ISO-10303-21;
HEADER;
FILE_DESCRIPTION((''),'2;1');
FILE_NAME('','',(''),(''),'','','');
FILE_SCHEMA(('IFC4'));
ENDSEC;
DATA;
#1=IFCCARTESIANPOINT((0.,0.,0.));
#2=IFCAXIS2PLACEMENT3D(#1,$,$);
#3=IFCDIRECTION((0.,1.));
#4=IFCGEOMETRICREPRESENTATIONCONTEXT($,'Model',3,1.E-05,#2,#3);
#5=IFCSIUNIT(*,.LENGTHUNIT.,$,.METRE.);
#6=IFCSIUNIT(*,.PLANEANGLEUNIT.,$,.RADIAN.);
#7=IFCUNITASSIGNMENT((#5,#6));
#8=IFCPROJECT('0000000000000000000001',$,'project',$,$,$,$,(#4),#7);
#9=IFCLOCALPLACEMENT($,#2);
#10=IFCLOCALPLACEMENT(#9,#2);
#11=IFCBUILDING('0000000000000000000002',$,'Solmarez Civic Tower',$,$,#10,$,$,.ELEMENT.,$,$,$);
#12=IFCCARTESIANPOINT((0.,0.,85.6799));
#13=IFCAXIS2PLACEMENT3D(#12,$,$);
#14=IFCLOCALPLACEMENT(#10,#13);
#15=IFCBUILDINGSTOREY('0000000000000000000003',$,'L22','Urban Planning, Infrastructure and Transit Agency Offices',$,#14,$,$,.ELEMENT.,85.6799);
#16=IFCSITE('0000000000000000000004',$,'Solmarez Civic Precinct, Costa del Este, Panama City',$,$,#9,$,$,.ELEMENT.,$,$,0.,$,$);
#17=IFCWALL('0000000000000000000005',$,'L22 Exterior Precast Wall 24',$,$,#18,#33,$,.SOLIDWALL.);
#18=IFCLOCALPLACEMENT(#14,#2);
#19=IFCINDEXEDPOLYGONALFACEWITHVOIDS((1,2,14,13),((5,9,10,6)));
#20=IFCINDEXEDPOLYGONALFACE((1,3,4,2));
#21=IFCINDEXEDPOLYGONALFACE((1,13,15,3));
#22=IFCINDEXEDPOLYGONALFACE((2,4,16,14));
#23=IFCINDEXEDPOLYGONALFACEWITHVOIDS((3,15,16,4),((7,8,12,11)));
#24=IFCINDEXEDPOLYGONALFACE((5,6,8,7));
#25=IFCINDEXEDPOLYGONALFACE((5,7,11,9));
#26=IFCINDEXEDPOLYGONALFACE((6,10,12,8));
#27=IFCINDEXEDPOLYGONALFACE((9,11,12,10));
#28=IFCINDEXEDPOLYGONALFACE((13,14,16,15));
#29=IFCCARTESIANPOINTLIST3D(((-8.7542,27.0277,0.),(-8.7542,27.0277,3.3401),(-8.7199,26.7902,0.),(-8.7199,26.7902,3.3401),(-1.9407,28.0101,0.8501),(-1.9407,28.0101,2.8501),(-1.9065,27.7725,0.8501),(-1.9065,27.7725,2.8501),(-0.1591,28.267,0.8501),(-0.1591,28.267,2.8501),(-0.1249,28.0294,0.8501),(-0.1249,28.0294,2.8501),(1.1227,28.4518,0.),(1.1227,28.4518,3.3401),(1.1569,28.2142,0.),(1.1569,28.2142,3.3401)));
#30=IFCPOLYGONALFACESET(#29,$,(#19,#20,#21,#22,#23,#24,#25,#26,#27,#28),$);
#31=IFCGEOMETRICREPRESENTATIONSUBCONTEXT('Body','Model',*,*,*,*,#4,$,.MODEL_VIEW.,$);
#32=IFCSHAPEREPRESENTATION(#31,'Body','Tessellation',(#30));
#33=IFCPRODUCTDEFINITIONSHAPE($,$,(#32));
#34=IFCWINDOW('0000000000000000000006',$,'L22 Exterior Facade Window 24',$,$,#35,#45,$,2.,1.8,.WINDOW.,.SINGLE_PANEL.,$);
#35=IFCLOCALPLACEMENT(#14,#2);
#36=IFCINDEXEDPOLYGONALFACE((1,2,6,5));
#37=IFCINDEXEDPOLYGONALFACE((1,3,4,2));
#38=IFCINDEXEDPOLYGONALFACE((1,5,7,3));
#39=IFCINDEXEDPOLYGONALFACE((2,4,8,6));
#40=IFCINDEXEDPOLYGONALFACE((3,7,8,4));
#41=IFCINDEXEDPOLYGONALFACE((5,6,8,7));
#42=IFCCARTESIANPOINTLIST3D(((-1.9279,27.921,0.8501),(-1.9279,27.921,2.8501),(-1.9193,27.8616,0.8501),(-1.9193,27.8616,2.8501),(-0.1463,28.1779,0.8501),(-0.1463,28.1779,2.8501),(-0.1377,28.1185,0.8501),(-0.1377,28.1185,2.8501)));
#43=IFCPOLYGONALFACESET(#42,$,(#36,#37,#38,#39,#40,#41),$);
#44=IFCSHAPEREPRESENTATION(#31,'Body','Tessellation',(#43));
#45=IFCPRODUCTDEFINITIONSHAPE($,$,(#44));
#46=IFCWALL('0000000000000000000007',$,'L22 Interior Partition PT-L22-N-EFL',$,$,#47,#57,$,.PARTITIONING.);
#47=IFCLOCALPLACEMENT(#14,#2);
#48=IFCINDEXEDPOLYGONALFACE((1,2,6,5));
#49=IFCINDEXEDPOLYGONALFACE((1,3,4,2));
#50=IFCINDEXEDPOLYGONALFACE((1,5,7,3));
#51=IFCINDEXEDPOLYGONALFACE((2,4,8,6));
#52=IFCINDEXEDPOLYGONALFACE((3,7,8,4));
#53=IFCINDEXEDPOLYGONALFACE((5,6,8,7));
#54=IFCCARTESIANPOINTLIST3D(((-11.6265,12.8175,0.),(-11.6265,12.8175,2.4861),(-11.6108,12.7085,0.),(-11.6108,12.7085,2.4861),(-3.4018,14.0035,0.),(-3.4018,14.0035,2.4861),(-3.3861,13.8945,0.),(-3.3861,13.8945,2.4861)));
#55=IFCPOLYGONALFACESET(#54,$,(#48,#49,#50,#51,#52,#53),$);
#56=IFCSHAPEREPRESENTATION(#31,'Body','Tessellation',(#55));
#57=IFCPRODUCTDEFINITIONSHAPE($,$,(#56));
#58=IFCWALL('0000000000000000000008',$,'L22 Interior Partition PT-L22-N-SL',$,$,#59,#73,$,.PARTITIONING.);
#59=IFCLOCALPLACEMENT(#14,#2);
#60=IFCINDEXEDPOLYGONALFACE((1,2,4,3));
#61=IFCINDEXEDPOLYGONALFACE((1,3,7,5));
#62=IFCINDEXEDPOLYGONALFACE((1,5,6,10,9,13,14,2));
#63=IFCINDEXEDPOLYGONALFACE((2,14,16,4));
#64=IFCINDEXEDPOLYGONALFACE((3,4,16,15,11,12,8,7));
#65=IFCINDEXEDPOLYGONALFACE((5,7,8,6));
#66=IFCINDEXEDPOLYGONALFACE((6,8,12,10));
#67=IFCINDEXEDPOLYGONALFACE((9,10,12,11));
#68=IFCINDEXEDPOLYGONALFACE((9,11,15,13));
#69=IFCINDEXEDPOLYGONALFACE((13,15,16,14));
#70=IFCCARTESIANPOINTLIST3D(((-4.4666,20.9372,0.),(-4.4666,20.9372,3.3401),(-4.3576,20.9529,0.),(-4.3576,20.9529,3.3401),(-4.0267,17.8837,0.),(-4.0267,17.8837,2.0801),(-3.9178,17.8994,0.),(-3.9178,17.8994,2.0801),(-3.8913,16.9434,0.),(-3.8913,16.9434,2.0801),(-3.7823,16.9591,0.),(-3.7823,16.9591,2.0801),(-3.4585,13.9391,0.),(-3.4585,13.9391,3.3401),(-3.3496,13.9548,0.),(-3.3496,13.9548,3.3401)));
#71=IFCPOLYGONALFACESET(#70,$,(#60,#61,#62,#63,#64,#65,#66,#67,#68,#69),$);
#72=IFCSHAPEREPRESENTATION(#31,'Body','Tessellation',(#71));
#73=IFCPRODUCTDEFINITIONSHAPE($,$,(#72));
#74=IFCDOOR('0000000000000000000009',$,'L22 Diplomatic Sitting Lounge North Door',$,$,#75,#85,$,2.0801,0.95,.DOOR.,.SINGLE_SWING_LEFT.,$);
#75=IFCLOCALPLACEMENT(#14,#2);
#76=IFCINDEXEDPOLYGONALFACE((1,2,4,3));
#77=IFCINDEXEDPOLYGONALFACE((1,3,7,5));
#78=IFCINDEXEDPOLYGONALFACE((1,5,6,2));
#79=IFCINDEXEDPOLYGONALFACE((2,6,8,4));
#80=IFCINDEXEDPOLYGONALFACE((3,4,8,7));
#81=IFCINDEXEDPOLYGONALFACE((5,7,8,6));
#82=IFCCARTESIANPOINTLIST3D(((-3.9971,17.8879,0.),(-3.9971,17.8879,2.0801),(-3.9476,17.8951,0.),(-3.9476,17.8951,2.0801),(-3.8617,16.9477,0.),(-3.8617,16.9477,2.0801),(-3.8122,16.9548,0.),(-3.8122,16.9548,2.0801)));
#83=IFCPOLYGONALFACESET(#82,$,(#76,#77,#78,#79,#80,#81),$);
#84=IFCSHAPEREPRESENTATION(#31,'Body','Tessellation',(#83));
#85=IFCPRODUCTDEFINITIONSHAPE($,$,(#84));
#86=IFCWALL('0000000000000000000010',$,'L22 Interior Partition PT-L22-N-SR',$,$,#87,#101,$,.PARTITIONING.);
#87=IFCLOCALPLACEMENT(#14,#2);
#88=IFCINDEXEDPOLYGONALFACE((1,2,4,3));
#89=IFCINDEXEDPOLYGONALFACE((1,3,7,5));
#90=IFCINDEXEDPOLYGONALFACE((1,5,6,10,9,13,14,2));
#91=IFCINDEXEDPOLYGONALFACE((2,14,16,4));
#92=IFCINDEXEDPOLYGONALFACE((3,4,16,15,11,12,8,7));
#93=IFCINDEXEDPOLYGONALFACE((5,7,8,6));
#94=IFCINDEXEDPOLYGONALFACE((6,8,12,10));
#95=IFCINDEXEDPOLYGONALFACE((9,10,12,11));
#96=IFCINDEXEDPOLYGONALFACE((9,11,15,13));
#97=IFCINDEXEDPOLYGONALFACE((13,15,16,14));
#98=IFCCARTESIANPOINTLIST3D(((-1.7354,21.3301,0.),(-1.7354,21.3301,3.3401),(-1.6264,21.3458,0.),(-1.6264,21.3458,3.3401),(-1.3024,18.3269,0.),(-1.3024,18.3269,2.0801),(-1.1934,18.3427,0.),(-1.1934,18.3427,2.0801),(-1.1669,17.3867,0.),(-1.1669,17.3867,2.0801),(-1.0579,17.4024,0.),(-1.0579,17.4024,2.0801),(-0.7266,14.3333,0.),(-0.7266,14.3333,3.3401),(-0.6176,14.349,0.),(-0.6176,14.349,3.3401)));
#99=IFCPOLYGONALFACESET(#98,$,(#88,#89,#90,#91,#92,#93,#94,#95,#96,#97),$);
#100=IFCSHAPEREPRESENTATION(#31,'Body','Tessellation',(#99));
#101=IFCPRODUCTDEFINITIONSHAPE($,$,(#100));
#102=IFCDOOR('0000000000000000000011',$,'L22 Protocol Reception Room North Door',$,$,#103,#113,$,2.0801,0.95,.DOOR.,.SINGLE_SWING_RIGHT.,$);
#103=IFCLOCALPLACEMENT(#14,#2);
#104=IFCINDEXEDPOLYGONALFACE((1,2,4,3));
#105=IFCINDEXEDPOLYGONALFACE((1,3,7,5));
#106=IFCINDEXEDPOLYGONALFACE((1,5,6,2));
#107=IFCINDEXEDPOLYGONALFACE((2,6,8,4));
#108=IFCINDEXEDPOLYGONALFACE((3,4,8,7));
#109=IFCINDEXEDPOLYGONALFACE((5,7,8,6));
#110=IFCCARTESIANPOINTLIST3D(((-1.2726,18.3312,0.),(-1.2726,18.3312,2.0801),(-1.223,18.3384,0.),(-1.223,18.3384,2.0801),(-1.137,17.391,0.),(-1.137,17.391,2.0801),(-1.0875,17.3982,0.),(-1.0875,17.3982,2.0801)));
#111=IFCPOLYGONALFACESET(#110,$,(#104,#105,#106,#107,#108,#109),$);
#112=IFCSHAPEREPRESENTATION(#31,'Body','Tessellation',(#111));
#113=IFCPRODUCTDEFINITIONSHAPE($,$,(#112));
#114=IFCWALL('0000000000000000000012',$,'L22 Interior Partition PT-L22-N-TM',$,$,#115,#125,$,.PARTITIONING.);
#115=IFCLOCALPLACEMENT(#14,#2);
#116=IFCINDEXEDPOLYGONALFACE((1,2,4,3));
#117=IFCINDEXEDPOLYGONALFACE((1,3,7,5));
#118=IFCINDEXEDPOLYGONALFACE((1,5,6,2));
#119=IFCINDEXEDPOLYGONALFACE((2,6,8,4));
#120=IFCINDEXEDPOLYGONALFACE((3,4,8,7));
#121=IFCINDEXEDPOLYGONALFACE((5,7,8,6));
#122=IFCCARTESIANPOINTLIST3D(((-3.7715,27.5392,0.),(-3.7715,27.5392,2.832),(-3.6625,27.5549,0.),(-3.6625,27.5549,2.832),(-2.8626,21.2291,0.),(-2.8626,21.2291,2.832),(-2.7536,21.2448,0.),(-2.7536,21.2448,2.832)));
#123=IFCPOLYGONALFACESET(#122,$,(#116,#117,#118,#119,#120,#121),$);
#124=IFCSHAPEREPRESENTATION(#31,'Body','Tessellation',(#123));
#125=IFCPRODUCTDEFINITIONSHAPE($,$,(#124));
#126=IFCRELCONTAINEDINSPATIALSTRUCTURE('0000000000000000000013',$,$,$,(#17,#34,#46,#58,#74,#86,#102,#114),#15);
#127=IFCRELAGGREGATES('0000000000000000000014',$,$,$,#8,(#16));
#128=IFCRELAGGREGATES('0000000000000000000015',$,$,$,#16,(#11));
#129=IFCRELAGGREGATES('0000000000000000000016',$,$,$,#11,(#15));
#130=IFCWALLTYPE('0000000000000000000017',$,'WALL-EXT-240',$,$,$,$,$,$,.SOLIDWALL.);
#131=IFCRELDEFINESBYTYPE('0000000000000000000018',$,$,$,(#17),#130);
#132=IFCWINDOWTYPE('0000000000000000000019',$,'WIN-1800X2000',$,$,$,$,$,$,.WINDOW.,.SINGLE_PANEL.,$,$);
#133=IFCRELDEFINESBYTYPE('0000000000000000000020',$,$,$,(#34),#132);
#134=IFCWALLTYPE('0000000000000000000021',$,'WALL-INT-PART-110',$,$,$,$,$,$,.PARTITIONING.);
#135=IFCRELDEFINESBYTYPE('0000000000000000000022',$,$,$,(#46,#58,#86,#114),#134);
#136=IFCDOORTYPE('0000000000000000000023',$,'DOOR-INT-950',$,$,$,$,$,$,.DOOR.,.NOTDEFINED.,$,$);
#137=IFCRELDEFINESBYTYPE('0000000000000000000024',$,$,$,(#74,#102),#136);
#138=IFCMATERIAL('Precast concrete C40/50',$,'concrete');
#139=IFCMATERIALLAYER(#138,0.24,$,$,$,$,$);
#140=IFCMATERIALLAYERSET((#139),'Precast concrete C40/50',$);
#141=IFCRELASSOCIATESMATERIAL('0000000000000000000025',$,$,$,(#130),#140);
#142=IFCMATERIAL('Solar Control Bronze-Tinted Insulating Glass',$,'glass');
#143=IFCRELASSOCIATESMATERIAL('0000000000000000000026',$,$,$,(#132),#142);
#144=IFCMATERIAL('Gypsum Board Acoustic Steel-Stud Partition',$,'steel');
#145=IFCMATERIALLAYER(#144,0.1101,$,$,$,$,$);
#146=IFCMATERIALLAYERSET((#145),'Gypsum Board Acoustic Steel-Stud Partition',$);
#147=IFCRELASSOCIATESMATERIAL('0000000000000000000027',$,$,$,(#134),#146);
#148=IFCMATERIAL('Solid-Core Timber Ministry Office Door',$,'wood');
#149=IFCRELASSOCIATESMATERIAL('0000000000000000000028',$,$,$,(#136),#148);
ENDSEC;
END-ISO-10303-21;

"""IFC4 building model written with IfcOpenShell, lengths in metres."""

from ifc_helpers import new_model, si_unit, direction, frame, frame_2d, origin, place, context, subcontext, project, spatial, rectangle, extrude, material, layer, layer_set, type_object, element, fill, save


model = new_model("IFC4")

# Units and contexts
model_context = context("Model", 3, precision=1e-05, world=origin(), true_north=direction((0.0, 1.0)))
body_context = subcontext(model_context, "Body", "Model", "MODEL_VIEW")
ifc_project = project(units=[si_unit("LENGTHUNIT", "METRE"), si_unit("PLANEANGLEUNIT", "RADIAN")], contexts=[model_context])

# Site, building, storey
site_placement = place(None, origin())
site = spatial("IfcSite", under=ifc_project, at=site_placement, Name="Solmarez Civic Precinct, Costa del Este, Panama City", CompositionType="ELEMENT", RefElevation=0.0)
building_placement = place(site_placement, origin())
building = spatial("IfcBuilding", under=site, at=building_placement, Name="Solmarez Civic Tower", CompositionType="ELEMENT")
storey_placement = place(building_placement, frame((0.0, 0.0, 85.6799)))
storey = spatial("IfcBuildingStorey", under=building, at=storey_placement, Name="L22", Description="Urban Planning, Infrastructure and Transit Agency Offices", CompositionType="ELEMENT", Elevation=85.6799)

# Wall, opening, window
ifc_material_1 = material(Name="Precast concrete C40/50", Category="concrete")
ifc_layer_1 = layer(ifc_material_1, 0.24)
ifc_layer_set_1 = layer_set([ifc_layer_1], Name="Precast concrete C40/50")
wall_type_1 = type_object("IfcWallType", Name="WALL-EXT-240", PredefinedType="SOLIDWALL", material=ifc_layer_set_1)
ifc_material_2 = material(Name="Solar Control Bronze-Tinted Insulating Glass", Category="glass")
wall_1_placement = place(storey_placement, frame((-8.7371, 26.9089, 0.0), z_axis=(0.0, 0.0, 1.0), x_axis=(0.989765, 0.142706, 0.0)))
wall_1 = element("IfcWall", 1, at=wall_1_placement, inside=storey, type_object=wall_type_1, Name="L22 Exterior Precast Wall 24", PredefinedType="SOLIDWALL", context=body_context, shape_type="SweptSolid", body=[
    extrude(rectangle(XDim=9.979, YDim=0.24, at=frame_2d((4.9895, 0.0))), origin(), (0.0, 0.0, 1.0), 3.3401),
])
opening_1_placement = place(wall_1_placement, frame((6.884, 0.0, 0.8501)))
opening_1 = element("IfcOpeningElement", 2, at=opening_1_placement, cuts=wall_1, PredefinedType="OPENING", context=body_context, shape_type="SweptSolid", body=[
    extrude(rectangle(XDim=1.8, YDim=2.0, at=frame_2d((0.8999, 1.0))), frame((0.0, 0.1299, 0.0), z_axis=(0.0, -1.0, 0.0), x_axis=(1.0, 0.0, 0.0)), (0.0, 0.0, 1.0), 0.26),
])
window_type_1 = type_object("IfcWindowType", Name="WIN-1800X2000", PartitioningType="SINGLE_PANEL", PredefinedType="WINDOW", material=ifc_material_2)
window_1_placement = place(opening_1_placement, origin())
window_1 = element("IfcWindow", 3, at=window_1_placement, inside=storey, type_object=window_type_1, Name="L22 Exterior Facade Window 24", OverallHeight=2.0, OverallWidth=1.8, PartitioningType="SINGLE_PANEL", PredefinedType="WINDOW", context=body_context, shape_type="SweptSolid", body=[
    extrude(rectangle(XDim=1.8, YDim=2.0, at=frame_2d((0.8999, 1.0))), frame((0.0, 0.03, 0.0), z_axis=(0.0, -1.0, 0.0), x_axis=(1.0, 0.0, 0.0)), (0.0, 0.0, 1.0), 0.0601),
])
fill(opening_1, window_1)

# Wall
ifc_material_3 = material(Name="Gypsum Board Acoustic Steel-Stud Partition", Category="steel")
ifc_layer_2 = layer(ifc_material_3, 0.1101)
ifc_layer_set_2 = layer_set([ifc_layer_2], Name="Gypsum Board Acoustic Steel-Stud Partition")
wall_type_2 = type_object("IfcWallType", Name="WALL-INT-PART-110", PredefinedType="PARTITIONING", material=ifc_layer_set_2)
wall_2_placement = place(storey_placement, frame((-3.394, 13.949, 0.0), z_axis=(0.0, 0.0, 1.0), x_axis=(-0.989762, -0.142725, 0.0)))
element("IfcWall", 4, at=wall_2_placement, inside=storey, type_object=wall_type_2, Name="L22 Interior Partition PT-L22-N-EFL", PredefinedType="PARTITIONING", context=body_context, shape_type="SweptSolid", body=[
    extrude(rectangle(XDim=8.3098, YDim=0.1101, at=frame_2d((4.1548, 0.0))), origin(), (0.0, 0.0, 1.0), 2.4861),
])

# Walls, openings, doors
wall_3_placement = place(storey_placement, frame((-4.4121, 20.9451, 0.0), z_axis=(0.0, 0.0, 1.0), x_axis=(0.142577, -0.989784, 0.0)))
wall_3 = element("IfcWall", 5, at=wall_3_placement, inside=storey, type_object=wall_type_2, Name="L22 Interior Partition PT-L22-N-SL", PredefinedType="PARTITIONING", context=body_context, shape_type="SweptSolid", body=[
    extrude(rectangle(XDim=7.0703, YDim=0.1101, at=frame_2d((3.5352, 0.0))), origin(), (0.0, 0.0, 1.0), 3.3401),
])
opening_2_placement = place(wall_3_placement, frame((3.085, 0.0, 0.0)))
opening_2 = element("IfcOpeningElement", 6, at=opening_2_placement, cuts=wall_3, PredefinedType="OPENING", context=body_context, shape_type="SweptSolid", body=[
    extrude(rectangle(XDim=0.95, YDim=2.0801, at=frame_2d((0.4751, 1.04))), frame((0.0, 0.0649, 0.0), z_axis=(0.0, -1.0, 0.0), x_axis=(1.0, 0.0, 0.0)), (0.0, 0.0, 1.0), 0.1301),
])
ifc_material_4 = material(Name="Solid-Core Timber Ministry Office Door", Category="wood")
door_type = type_object("IfcDoorType", Name="DOOR-INT-950", OperationType="NOTDEFINED", PredefinedType="DOOR", material=ifc_material_4)
door_1_placement = place(opening_2_placement, origin())
door_1 = element("IfcDoor", 7, at=door_1_placement, inside=storey, type_object=door_type, Name="L22 Diplomatic Sitting Lounge North Door", OperationType="SINGLE_SWING_LEFT", OverallHeight=2.0801, OverallWidth=0.95, PredefinedType="DOOR", context=body_context, shape_type="SweptSolid", body=[
    extrude(rectangle(XDim=0.95, YDim=2.0801, at=frame_2d((0.4751, 1.04))), frame((0.0, 0.0249, 0.0), z_axis=(0.0, -1.0, 0.0), x_axis=(1.0, 0.0, 0.0)), (0.0, 0.0, 1.0), 0.05),
])
fill(opening_2, door_1)
wall_4_placement = place(storey_placement, frame((-0.6721, 14.3411, 0.0), z_axis=(0.0, 0.0, 1.0), x_axis=(-0.142703, 0.989766, 0.0)))
wall_4 = element("IfcWall", 8, at=wall_4_placement, inside=storey, type_object=wall_type_2, Name="L22 Interior Partition PT-L22-N-SR", PredefinedType="PARTITIONING", context=body_context, shape_type="SweptSolid", body=[
    extrude(rectangle(XDim=7.0691, YDim=0.1101, at=frame_2d((3.5347, 0.0))), origin(), (0.0, 0.0, 1.0), 3.3401),
])
opening_3_placement = place(wall_4_placement, frame((3.085, 0.0, 0.0)))
opening_3 = element("IfcOpeningElement", 9, at=opening_3_placement, cuts=wall_4, PredefinedType="OPENING", context=body_context, shape_type="SweptSolid", body=[
    extrude(rectangle(XDim=0.95, YDim=2.0801, at=frame_2d((0.4751, 1.04))), frame((0.0, 0.0649, 0.0), z_axis=(0.0, -1.0, 0.0), x_axis=(1.0, 0.0, 0.0)), (0.0, 0.0, 1.0), 0.1301),
])
door_2_placement = place(opening_3_placement, origin())
door_2 = element("IfcDoor", 10, at=door_2_placement, inside=storey, type_object=door_type, Name="L22 Protocol Reception Room North Door", OperationType="SINGLE_SWING_RIGHT", OverallHeight=2.0801, OverallWidth=0.95, PredefinedType="DOOR", context=body_context, shape_type="SweptSolid", body=[
    extrude(rectangle(XDim=0.95, YDim=2.0801, at=frame_2d((0.4751, 1.04))), frame((0.0, 0.0249, 0.0), z_axis=(0.0, -1.0, 0.0), x_axis=(1.0, 0.0, 0.0)), (0.0, 0.0, 1.0), 0.05),
])
fill(opening_3, door_2)

# Wall
wall_5_placement = place(storey_placement, frame((-2.8081, 21.2371, 0.0), z_axis=(0.0, 0.0, 1.0), x_axis=(-0.142574, 0.989784, 0.0)))
element("IfcWall", 11, at=wall_5_placement, inside=storey, type_object=wall_type_2, Name="L22 Interior Partition PT-L22-N-TM", PredefinedType="PARTITIONING", context=body_context, shape_type="SweptSolid", body=[
    extrude(rectangle(XDim=6.3752, YDim=0.1101, at=frame_2d((3.1875, 0.0))), origin(), (0.0, 0.0, 1.0), 2.832),
])

save(model, "model.ifc")
